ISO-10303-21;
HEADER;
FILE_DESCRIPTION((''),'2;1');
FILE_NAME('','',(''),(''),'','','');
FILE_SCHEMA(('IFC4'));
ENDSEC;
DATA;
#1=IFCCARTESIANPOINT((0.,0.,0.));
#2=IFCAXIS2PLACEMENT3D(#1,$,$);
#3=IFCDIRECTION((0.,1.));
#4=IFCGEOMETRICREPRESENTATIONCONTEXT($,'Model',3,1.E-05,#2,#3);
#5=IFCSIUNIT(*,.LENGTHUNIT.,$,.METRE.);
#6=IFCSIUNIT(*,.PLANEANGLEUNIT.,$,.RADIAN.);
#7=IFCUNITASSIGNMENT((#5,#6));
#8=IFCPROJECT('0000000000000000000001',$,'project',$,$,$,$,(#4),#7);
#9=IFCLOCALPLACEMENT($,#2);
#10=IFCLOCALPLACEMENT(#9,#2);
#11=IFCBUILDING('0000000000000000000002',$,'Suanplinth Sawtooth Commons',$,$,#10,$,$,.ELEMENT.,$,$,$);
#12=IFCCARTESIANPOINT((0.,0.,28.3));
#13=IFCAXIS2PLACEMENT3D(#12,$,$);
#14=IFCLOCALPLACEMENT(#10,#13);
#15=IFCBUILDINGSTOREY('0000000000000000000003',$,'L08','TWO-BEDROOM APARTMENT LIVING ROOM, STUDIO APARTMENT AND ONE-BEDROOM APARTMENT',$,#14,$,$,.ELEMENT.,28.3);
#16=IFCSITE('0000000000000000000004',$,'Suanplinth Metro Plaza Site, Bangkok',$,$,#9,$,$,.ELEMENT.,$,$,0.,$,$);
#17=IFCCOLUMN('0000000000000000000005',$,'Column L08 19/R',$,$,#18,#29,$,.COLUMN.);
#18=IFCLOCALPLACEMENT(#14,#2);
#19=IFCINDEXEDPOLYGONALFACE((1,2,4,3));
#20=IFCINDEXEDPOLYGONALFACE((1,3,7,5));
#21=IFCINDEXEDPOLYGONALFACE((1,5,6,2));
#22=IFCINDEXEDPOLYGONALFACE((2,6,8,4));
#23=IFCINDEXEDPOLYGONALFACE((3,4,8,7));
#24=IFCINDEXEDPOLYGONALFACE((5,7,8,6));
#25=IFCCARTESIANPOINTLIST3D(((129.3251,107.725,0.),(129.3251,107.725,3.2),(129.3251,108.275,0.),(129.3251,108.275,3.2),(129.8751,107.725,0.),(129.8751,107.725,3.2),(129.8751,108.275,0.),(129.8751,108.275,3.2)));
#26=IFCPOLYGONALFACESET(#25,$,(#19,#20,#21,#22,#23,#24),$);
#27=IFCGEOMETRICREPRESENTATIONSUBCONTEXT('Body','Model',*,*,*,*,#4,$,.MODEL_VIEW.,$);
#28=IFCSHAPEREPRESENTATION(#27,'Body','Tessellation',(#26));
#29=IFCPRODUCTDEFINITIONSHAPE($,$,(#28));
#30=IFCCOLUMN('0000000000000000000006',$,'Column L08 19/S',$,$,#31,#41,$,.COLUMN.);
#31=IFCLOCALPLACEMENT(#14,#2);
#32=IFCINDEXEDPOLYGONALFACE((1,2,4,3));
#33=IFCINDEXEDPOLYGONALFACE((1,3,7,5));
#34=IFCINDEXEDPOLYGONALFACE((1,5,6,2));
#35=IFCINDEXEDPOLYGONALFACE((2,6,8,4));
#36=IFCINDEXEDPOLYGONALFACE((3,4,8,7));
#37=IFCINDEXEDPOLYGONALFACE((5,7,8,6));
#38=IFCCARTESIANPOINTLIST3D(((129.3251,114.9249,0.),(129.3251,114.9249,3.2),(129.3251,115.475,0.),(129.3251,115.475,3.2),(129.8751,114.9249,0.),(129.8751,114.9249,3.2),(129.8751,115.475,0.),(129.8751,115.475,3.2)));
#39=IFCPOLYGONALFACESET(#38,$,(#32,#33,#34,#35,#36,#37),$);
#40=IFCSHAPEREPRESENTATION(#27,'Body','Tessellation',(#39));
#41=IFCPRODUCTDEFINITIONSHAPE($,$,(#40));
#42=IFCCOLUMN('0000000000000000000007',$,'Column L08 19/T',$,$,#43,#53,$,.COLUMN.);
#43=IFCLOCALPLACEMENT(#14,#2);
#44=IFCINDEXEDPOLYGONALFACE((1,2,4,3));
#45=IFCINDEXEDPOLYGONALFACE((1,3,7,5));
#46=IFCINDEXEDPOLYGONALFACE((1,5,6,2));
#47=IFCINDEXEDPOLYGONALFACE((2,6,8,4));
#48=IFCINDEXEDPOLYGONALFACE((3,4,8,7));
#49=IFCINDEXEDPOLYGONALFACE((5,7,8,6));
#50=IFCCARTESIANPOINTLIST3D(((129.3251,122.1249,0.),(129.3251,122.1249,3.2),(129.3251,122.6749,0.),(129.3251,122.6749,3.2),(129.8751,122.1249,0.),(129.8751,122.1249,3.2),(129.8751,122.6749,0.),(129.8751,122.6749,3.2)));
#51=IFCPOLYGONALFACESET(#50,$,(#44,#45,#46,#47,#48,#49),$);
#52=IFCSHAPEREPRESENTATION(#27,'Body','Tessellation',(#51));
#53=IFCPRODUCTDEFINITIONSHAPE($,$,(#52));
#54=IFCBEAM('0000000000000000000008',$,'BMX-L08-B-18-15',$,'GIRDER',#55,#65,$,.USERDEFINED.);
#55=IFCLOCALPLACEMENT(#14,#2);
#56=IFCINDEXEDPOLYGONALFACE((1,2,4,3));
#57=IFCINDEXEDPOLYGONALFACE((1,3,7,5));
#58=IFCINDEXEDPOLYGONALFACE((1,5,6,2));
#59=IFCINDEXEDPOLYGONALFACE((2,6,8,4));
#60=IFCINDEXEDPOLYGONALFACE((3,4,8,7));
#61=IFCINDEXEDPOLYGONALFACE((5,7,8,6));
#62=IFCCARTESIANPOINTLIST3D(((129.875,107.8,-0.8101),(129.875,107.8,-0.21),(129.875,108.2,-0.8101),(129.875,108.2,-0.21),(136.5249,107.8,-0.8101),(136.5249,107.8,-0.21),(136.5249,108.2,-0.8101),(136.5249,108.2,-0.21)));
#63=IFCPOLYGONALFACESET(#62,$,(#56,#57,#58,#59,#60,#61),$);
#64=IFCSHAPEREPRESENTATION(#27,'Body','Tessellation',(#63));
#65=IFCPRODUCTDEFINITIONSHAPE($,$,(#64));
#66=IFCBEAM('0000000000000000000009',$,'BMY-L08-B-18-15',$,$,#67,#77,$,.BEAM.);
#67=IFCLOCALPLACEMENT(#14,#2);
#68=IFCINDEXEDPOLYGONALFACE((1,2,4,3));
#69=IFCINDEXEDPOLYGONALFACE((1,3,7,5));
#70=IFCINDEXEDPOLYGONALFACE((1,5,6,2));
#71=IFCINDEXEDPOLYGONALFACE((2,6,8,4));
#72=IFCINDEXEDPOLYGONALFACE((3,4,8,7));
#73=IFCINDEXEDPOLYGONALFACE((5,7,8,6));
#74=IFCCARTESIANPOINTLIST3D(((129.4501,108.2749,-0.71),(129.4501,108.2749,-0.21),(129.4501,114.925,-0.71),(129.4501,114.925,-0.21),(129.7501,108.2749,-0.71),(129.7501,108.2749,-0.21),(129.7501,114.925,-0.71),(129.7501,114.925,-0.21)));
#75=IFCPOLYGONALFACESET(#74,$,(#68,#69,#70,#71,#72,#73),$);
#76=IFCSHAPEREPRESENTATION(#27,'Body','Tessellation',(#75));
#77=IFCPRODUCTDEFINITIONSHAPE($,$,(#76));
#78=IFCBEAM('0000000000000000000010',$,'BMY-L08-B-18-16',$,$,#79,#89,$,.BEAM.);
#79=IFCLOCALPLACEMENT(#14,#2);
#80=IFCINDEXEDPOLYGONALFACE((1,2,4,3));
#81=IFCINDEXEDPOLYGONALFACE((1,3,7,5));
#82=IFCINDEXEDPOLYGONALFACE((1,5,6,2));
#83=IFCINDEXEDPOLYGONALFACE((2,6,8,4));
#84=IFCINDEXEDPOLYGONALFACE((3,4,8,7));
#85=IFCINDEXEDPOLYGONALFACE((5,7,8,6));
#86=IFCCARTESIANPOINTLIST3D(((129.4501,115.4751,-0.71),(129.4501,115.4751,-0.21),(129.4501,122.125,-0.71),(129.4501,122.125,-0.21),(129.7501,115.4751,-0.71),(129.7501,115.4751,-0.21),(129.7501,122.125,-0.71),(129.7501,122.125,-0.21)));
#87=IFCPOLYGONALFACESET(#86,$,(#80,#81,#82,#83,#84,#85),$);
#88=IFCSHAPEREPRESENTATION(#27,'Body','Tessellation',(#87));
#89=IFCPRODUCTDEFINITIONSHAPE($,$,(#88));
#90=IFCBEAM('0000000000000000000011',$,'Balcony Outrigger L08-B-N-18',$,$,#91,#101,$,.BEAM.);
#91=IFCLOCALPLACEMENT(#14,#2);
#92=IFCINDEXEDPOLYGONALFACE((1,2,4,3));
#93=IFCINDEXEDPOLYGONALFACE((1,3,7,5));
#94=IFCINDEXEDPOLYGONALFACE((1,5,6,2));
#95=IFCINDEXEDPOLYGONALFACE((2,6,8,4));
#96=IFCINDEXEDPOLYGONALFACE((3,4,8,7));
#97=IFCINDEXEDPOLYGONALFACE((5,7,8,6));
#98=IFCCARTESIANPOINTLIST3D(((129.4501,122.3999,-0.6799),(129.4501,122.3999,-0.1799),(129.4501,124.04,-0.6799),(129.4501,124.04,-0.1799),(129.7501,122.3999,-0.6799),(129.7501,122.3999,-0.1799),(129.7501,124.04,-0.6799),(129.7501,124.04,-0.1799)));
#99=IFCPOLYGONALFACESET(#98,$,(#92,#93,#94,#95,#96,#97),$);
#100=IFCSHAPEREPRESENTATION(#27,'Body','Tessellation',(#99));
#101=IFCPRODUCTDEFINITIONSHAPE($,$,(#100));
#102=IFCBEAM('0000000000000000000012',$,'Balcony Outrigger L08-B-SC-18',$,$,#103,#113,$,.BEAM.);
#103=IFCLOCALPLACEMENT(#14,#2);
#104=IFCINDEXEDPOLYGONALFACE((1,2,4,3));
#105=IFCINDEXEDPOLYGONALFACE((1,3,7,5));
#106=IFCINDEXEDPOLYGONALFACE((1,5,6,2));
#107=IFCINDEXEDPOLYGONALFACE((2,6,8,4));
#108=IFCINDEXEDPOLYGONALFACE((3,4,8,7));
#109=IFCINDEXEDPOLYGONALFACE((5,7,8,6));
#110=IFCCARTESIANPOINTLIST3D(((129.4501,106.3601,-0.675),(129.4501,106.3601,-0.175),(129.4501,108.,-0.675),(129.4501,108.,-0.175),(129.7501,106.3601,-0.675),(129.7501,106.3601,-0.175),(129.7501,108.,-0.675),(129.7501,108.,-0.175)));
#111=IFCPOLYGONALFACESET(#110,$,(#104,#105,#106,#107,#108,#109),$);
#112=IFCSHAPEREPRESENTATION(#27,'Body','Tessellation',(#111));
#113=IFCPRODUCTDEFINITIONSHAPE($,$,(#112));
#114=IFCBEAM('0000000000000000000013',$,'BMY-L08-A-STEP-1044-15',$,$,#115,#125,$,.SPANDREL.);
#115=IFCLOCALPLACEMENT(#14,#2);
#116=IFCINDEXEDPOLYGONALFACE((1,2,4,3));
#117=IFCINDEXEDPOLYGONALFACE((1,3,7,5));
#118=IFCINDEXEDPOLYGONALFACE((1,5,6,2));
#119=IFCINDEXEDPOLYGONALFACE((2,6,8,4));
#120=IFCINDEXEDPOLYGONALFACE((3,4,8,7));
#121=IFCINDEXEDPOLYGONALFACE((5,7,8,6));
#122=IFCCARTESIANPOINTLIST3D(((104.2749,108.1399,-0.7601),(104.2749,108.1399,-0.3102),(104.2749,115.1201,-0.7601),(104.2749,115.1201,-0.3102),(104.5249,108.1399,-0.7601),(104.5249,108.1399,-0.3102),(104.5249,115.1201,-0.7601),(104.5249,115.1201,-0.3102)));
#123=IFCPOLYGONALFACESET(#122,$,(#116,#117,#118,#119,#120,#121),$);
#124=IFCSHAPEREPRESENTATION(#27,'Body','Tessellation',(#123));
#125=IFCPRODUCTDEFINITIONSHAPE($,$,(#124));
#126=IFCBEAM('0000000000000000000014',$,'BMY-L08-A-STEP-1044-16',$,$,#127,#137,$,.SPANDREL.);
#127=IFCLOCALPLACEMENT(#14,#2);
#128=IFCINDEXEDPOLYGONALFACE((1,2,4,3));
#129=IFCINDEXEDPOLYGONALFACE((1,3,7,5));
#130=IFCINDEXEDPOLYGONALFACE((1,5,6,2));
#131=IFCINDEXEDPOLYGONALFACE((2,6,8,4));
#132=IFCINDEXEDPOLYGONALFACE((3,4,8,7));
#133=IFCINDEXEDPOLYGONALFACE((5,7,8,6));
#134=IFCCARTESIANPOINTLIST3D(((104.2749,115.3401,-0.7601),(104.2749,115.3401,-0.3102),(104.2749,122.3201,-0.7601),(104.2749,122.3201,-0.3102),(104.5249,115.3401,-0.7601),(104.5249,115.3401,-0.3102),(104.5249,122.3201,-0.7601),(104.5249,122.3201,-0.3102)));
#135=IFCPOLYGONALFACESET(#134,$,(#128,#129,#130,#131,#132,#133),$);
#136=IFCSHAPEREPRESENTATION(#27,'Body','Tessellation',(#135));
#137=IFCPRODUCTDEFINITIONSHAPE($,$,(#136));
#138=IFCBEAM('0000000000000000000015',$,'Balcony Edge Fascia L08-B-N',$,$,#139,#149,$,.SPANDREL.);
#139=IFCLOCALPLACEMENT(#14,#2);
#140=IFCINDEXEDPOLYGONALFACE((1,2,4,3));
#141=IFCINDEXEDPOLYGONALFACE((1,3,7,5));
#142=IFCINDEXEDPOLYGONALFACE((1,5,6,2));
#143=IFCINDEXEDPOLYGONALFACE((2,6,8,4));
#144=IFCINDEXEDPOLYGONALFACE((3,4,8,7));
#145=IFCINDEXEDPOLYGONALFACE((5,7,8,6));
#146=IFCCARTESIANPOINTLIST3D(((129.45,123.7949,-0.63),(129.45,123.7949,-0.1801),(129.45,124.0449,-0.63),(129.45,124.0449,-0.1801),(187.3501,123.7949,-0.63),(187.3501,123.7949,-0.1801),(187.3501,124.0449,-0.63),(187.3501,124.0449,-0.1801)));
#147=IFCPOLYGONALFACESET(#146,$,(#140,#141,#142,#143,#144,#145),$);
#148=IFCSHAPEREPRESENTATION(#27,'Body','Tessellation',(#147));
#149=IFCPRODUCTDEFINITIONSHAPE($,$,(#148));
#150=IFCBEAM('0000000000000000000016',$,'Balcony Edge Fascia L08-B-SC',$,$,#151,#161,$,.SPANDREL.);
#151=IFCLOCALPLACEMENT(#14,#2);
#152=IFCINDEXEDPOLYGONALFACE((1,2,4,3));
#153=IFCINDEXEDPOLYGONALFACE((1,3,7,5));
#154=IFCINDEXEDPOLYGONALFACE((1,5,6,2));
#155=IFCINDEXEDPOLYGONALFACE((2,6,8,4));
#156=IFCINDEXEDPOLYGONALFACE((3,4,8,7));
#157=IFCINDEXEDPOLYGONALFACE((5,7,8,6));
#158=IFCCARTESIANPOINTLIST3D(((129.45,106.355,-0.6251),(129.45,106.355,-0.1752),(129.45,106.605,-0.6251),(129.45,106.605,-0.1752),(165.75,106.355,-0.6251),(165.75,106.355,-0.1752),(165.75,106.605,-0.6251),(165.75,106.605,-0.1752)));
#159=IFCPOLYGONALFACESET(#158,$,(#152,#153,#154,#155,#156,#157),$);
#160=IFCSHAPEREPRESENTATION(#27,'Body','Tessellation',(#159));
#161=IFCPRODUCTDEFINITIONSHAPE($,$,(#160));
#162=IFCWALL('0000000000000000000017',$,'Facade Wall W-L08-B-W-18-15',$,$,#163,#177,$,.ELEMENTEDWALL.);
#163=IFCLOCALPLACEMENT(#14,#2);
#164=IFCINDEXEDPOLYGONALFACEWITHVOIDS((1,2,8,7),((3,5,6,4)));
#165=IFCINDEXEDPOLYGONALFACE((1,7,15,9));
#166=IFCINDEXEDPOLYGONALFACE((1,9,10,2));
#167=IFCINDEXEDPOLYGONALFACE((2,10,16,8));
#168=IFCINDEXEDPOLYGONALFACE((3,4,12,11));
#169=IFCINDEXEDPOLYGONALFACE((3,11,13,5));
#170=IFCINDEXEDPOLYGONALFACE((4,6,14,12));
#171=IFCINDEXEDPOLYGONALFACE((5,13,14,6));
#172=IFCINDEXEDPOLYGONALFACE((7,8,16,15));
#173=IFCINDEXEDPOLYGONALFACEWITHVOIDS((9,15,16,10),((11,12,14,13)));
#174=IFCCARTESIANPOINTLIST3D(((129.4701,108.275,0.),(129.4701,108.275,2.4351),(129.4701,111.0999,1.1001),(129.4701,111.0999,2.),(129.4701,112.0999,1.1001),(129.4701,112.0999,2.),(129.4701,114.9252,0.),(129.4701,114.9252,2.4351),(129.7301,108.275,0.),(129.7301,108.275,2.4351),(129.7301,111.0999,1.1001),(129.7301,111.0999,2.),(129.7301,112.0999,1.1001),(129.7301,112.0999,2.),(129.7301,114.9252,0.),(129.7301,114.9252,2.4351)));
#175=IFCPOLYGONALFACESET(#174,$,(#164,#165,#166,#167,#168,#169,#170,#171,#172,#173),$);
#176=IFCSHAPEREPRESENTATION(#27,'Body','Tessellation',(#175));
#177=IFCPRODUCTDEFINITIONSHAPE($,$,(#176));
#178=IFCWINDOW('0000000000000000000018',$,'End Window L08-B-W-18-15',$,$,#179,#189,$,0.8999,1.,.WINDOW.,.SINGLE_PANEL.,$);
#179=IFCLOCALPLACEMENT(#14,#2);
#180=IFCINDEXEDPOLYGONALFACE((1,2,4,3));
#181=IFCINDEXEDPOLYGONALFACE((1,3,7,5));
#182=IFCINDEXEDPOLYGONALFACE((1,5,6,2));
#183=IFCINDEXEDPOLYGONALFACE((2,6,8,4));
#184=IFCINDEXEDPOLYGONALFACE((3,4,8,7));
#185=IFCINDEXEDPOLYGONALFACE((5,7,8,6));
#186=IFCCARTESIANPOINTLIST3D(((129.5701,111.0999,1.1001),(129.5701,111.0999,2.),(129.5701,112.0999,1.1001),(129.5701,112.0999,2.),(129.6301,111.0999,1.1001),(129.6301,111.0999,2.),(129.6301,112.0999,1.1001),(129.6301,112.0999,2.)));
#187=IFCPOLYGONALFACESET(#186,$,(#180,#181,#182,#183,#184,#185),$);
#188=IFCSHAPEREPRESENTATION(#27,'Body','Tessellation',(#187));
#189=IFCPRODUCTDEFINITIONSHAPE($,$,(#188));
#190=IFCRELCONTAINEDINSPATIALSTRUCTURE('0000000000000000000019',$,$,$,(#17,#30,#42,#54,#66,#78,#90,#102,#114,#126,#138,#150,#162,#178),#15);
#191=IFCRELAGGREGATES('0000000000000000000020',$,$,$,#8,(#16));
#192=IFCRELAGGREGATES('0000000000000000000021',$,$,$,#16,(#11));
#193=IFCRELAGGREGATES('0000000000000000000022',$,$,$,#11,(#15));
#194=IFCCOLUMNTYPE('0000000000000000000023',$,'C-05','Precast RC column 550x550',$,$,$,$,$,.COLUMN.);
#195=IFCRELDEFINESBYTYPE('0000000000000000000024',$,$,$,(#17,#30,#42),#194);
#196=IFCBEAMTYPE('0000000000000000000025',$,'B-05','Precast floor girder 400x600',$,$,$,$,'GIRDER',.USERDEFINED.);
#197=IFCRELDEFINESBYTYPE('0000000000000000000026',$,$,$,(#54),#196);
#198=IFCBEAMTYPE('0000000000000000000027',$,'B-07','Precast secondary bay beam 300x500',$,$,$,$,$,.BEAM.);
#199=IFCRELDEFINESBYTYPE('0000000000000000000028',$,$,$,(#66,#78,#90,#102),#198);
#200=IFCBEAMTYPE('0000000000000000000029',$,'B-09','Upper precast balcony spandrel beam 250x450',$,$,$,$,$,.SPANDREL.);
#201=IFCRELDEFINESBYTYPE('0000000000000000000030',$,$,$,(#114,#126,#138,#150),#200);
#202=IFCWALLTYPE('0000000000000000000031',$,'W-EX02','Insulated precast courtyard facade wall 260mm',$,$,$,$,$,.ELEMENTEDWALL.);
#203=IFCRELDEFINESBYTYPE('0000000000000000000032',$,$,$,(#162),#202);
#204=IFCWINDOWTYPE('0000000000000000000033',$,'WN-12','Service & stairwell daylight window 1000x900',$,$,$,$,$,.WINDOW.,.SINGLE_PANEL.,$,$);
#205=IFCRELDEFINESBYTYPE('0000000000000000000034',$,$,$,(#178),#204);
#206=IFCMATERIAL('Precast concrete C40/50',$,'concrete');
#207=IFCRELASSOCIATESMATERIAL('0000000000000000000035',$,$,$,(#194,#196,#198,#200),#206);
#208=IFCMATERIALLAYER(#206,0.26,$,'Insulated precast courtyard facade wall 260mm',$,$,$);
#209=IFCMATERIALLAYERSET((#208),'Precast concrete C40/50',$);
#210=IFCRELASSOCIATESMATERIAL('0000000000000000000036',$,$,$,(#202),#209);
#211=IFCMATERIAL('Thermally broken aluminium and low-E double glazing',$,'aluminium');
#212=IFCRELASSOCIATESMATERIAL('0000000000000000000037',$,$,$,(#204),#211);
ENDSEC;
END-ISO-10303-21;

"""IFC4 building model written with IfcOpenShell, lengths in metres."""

from ifc_helpers import new_model, si_unit, direction, frame, frame_2d, origin, origin_2d, place, context, subcontext, project, spatial, rectangle, extrude, material, layer, layer_set, material_profile, profile_set, type_object, element, fill, save


model = new_model("IFC4")

# Units and contexts
model_context = context("Model", 3, precision=1e-05, world=origin(), true_north=direction((0.0, 1.0)))
body_context = subcontext(model_context, "Body", "Model", "MODEL_VIEW")
ifc_project = project(units=[si_unit("LENGTHUNIT", "METRE"), si_unit("PLANEANGLEUNIT", "RADIAN")], contexts=[model_context])

# Site, building, storey
site_placement = place(None, origin())
site = spatial("IfcSite", under=ifc_project, at=site_placement, Name="Suanplinth Metro Plaza Site, Bangkok", CompositionType="ELEMENT", RefElevation=0.0)
building_placement = place(site_placement, origin())
building = spatial("IfcBuilding", under=site, at=building_placement, Name="Suanplinth Sawtooth Commons", CompositionType="ELEMENT")
storey_placement = place(building_placement, frame((0.0, 0.0, 28.3)))
storey = spatial("IfcBuildingStorey", under=building, at=storey_placement, Name="L08", Description="TWO-BEDROOM APARTMENT LIVING ROOM, STUDIO APARTMENT AND ONE-BEDROOM APARTMENT", CompositionType="ELEMENT", Elevation=28.3)

# Columns
ifc_material_1 = material(Name="Precast concrete C40/50", Category="concrete")
ifc_material_profile_1 = material_profile(ifc_material_1, rectangle(XDim=0.55, YDim=0.55, at=origin_2d()), Name="PC-COL 550x550")
ifc_profile_set_1 = profile_set([ifc_material_profile_1], Name="Precast concrete C40/50")
column_type = type_object("IfcColumnType", Name="C-05", Description="Precast RC column 550x550", PredefinedType="COLUMN", material=ifc_profile_set_1)
for number, where, z_axis, x_axis, name in (
    (1, (129.6001, 108.0, 0.0), (0.0, 0.0, 1.0), (1.0, 0.0, 0.0), "Column L08 19/R"),
    (2, (129.6001, 115.2, 0.0), (0.0, 0.0, 1.0), (1.0, 0.0, 0.0), "Column L08 19/S"),
    (3, (129.6001, 122.3999, 0.0), (0.0, 0.0, 1.0), (1.0, 0.0, 0.0), "Column L08 19/T"),
):
    element("IfcColumn", number, at=place(storey_placement, frame(where, z_axis=z_axis, x_axis=x_axis)), inside=storey, type_object=column_type, Name=name, PredefinedType="COLUMN", context=body_context, shape_type="SweptSolid", body=[
        extrude(rectangle(XDim=0.55, YDim=0.55, at=origin_2d()), origin(), (0.0, 0.0, 1.0), 3.2),
    ])

# Beams
ifc_material_profile_2 = material_profile(ifc_material_1, rectangle(XDim=0.3999, YDim=0.6001, at=origin_2d()), Name="PC-GDR 400x600")
ifc_profile_set_2 = profile_set([ifc_material_profile_2], Name="Precast concrete C40/50")
beam_type_1 = type_object("IfcBeamType", Name="B-05", Description="Precast floor girder 400x600", ElementType="GIRDER", PredefinedType="USERDEFINED", material=ifc_profile_set_2)
beam_1_placement = place(storey_placement, frame((129.875, 108.0, -0.51), z_axis=(1.0, 0.0, 0.0), x_axis=(0.0, 1.0, 0.0)))
element("IfcBeam", 4, at=beam_1_placement, inside=storey, type_object=beam_type_1, Name="BMX-L08-B-18-15", ObjectType="GIRDER", PredefinedType="USERDEFINED", context=body_context, shape_type="SweptSolid", body=[
    extrude(rectangle(XDim=0.3999, YDim=0.6001, at=origin_2d()), origin(), (0.0, 0.0, 1.0), 6.6499),
])
ifc_material_profile_3 = material_profile(ifc_material_1, rectangle(XDim=0.3, YDim=0.5, at=origin_2d()), Name="PC-BM 300x500")
ifc_profile_set_3 = profile_set([ifc_material_profile_3], Name="Precast concrete C40/50")
beam_type_2 = type_object("IfcBeamType", Name="B-07", Description="Precast secondary bay beam 300x500", PredefinedType="BEAM", material=ifc_profile_set_3)
beam_2_placement = place(storey_placement, frame((129.6001, 108.2749, -0.46), z_axis=(0.0, 1.0, 0.0), x_axis=(-1.0, 0.0, 0.0)))
element("IfcBeam", 5, at=beam_2_placement, inside=storey, type_object=beam_type_2, Name="BMY-L08-B-18-15", PredefinedType="BEAM", context=body_context, shape_type="SweptSolid", body=[
    extrude(rectangle(XDim=0.3, YDim=0.5, at=origin_2d()), origin(), (0.0, 0.0, 1.0), 6.6501),
])
beam_3_placement = place(storey_placement, frame((129.6001, 115.4751, -0.46), z_axis=(0.0, 1.0, 0.0), x_axis=(-1.0, 0.0, 0.0)))
element("IfcBeam", 6, at=beam_3_placement, inside=storey, type_object=beam_type_2, Name="BMY-L08-B-18-16", PredefinedType="BEAM", context=body_context, shape_type="SweptSolid", body=[
    extrude(rectangle(XDim=0.3, YDim=0.5, at=origin_2d()), origin(), (0.0, 0.0, 1.0), 6.6499),
])
beam_4_placement = place(storey_placement, frame((129.6001, 122.3999, -0.4299), z_axis=(0.0, 1.0, 0.0), x_axis=(-1.0, 0.0, 0.0)))
element("IfcBeam", 7, at=beam_4_placement, inside=storey, type_object=beam_type_2, Name="Balcony Outrigger L08-B-N-18", PredefinedType="BEAM", context=body_context, shape_type="SweptSolid", body=[
    extrude(rectangle(XDim=0.3, YDim=0.5, at=origin_2d()), origin(), (0.0, 0.0, 1.0), 1.6401),
])
beam_5_placement = place(storey_placement, frame((129.6001, 108.0, -0.425), z_axis=(0.0, -1.0, 0.0), x_axis=(1.0, 0.0, 0.0)))
element("IfcBeam", 8, at=beam_5_placement, inside=storey, type_object=beam_type_2, Name="Balcony Outrigger L08-B-SC-18", PredefinedType="BEAM", context=body_context, shape_type="SweptSolid", body=[
    extrude(rectangle(XDim=0.3, YDim=0.5, at=origin_2d()), origin(), (0.0, 0.0, 1.0), 1.6399),
])
ifc_material_profile_4 = material_profile(ifc_material_1, rectangle(XDim=0.25, YDim=0.45, at=origin_2d()), Name="PC-SP 250x450")
ifc_profile_set_4 = profile_set([ifc_material_profile_4], Name="Precast concrete C40/50")
beam_type_3 = type_object("IfcBeamType", Name="B-09", Description="Upper precast balcony spandrel beam 250x450", PredefinedType="SPANDREL", material=ifc_profile_set_4)
beam_6_placement = place(storey_placement, frame((104.3999, 108.1399, -0.5352), z_axis=(0.0, 1.0, 0.0), x_axis=(-1.0, 0.0, 0.0)))
element("IfcBeam", 9, at=beam_6_placement, inside=storey, type_object=beam_type_3, Name="BMY-L08-A-STEP-1044-15", PredefinedType="SPANDREL", context=body_context, shape_type="SweptSolid", body=[
    extrude(rectangle(XDim=0.25, YDim=0.45, at=origin_2d()), origin(), (0.0, 0.0, 1.0), 6.9802),
])
beam_7_placement = place(storey_placement, frame((104.3999, 115.3401, -0.5352), z_axis=(0.0, 1.0, 0.0), x_axis=(-1.0, 0.0, 0.0)))
element("IfcBeam", 10, at=beam_7_placement, inside=storey, type_object=beam_type_3, Name="BMY-L08-A-STEP-1044-16", PredefinedType="SPANDREL", context=body_context, shape_type="SweptSolid", body=[
    extrude(rectangle(XDim=0.25, YDim=0.45, at=origin_2d()), origin(), (0.0, 0.0, 1.0), 6.98),
])
beam_8_placement = place(storey_placement, frame((129.45, 123.9199, -0.405), z_axis=(1.0, 0.0, 0.0), x_axis=(0.0, 1.0, 0.0)))
element("IfcBeam", 11, at=beam_8_placement, inside=storey, type_object=beam_type_3, Name="Balcony Edge Fascia L08-B-N", PredefinedType="SPANDREL", context=body_context, shape_type="SweptSolid", body=[
    extrude(rectangle(XDim=0.25, YDim=0.45, at=origin_2d()), origin(), (0.0, 0.0, 1.0), 57.9001),
])
beam_9_placement = place(storey_placement, frame((129.45, 106.48, -0.4001), z_axis=(1.0, 0.0, 0.0), x_axis=(0.0, 1.0, 0.0)))
element("IfcBeam", 12, at=beam_9_placement, inside=storey, type_object=beam_type_3, Name="Balcony Edge Fascia L08-B-SC", PredefinedType="SPANDREL", context=body_context, shape_type="SweptSolid", body=[
    extrude(rectangle(XDim=0.25, YDim=0.45, at=origin_2d()), origin(), (0.0, 0.0, 1.0), 36.3),
])

# Wall, opening, window
ifc_layer = layer(ifc_material_1, 0.26, Name="Insulated precast courtyard facade wall 260mm")
ifc_layer_set = layer_set([ifc_layer], Name="Precast concrete C40/50")
wall_type = type_object("IfcWallType", Name="W-EX02", Description="Insulated precast courtyard facade wall 260mm", PredefinedType="ELEMENTEDWALL", material=ifc_layer_set)
wall_1_placement = place(storey_placement, frame((129.6001, 108.2749, 0.0), z_axis=(0.0, 0.0, 1.0), x_axis=(0.0, 1.0, 0.0)))
wall_1 = element("IfcWall", 13, at=wall_1_placement, inside=storey, type_object=wall_type, Name="Facade Wall W-L08-B-W-18-15", PredefinedType="ELEMENTEDWALL", context=body_context, shape_type="SweptSolid", body=[
    extrude(rectangle(XDim=6.6501, YDim=0.26, at=frame_2d((3.3252, 0.0))), origin(), (0.0, 0.0, 1.0), 2.4351),
])
opening_1_placement = place(wall_1_placement, frame((2.825, 0.0, 1.1001)))
opening_1 = element("IfcOpeningElement", 14, at=opening_1_placement, cuts=wall_1, PredefinedType="OPENING", context=body_context, shape_type="SweptSolid", body=[
    extrude(rectangle(XDim=1.0, YDim=0.8999, at=frame_2d((0.5, 0.45))), frame((0.0, 0.145, 0.0), z_axis=(0.0, -1.0, 0.0), x_axis=(1.0, 0.0, 0.0)), (0.0, 0.0, 1.0), 0.2898),
])
ifc_material_2 = material(Name="Thermally broken aluminium and low-E double glazing", Category="aluminium")
window_type_1 = type_object("IfcWindowType", Name="WN-12", Description="Service & stairwell daylight window 1000x900", PartitioningType="SINGLE_PANEL", PredefinedType="WINDOW", material=ifc_material_2)
window_1_placement = place(opening_1_placement, origin())
window_1 = element("IfcWindow", 15, at=window_1_placement, inside=storey, type_object=window_type_1, Name="End Window L08-B-W-18-15", OverallHeight=0.8999, OverallWidth=1.0, PartitioningType="SINGLE_PANEL", PredefinedType="WINDOW", context=body_context, shape_type="SweptSolid", body=[
    extrude(rectangle(XDim=1.0, YDim=0.8999, at=frame_2d((0.5, 0.45))), frame((0.0, 0.03, 0.0), z_axis=(0.0, -1.0, 0.0), x_axis=(1.0, 0.0, 0.0)), (0.0, 0.0, 1.0), 0.0601),
])
fill(opening_1, window_1)

save(model, "model.ifc")
